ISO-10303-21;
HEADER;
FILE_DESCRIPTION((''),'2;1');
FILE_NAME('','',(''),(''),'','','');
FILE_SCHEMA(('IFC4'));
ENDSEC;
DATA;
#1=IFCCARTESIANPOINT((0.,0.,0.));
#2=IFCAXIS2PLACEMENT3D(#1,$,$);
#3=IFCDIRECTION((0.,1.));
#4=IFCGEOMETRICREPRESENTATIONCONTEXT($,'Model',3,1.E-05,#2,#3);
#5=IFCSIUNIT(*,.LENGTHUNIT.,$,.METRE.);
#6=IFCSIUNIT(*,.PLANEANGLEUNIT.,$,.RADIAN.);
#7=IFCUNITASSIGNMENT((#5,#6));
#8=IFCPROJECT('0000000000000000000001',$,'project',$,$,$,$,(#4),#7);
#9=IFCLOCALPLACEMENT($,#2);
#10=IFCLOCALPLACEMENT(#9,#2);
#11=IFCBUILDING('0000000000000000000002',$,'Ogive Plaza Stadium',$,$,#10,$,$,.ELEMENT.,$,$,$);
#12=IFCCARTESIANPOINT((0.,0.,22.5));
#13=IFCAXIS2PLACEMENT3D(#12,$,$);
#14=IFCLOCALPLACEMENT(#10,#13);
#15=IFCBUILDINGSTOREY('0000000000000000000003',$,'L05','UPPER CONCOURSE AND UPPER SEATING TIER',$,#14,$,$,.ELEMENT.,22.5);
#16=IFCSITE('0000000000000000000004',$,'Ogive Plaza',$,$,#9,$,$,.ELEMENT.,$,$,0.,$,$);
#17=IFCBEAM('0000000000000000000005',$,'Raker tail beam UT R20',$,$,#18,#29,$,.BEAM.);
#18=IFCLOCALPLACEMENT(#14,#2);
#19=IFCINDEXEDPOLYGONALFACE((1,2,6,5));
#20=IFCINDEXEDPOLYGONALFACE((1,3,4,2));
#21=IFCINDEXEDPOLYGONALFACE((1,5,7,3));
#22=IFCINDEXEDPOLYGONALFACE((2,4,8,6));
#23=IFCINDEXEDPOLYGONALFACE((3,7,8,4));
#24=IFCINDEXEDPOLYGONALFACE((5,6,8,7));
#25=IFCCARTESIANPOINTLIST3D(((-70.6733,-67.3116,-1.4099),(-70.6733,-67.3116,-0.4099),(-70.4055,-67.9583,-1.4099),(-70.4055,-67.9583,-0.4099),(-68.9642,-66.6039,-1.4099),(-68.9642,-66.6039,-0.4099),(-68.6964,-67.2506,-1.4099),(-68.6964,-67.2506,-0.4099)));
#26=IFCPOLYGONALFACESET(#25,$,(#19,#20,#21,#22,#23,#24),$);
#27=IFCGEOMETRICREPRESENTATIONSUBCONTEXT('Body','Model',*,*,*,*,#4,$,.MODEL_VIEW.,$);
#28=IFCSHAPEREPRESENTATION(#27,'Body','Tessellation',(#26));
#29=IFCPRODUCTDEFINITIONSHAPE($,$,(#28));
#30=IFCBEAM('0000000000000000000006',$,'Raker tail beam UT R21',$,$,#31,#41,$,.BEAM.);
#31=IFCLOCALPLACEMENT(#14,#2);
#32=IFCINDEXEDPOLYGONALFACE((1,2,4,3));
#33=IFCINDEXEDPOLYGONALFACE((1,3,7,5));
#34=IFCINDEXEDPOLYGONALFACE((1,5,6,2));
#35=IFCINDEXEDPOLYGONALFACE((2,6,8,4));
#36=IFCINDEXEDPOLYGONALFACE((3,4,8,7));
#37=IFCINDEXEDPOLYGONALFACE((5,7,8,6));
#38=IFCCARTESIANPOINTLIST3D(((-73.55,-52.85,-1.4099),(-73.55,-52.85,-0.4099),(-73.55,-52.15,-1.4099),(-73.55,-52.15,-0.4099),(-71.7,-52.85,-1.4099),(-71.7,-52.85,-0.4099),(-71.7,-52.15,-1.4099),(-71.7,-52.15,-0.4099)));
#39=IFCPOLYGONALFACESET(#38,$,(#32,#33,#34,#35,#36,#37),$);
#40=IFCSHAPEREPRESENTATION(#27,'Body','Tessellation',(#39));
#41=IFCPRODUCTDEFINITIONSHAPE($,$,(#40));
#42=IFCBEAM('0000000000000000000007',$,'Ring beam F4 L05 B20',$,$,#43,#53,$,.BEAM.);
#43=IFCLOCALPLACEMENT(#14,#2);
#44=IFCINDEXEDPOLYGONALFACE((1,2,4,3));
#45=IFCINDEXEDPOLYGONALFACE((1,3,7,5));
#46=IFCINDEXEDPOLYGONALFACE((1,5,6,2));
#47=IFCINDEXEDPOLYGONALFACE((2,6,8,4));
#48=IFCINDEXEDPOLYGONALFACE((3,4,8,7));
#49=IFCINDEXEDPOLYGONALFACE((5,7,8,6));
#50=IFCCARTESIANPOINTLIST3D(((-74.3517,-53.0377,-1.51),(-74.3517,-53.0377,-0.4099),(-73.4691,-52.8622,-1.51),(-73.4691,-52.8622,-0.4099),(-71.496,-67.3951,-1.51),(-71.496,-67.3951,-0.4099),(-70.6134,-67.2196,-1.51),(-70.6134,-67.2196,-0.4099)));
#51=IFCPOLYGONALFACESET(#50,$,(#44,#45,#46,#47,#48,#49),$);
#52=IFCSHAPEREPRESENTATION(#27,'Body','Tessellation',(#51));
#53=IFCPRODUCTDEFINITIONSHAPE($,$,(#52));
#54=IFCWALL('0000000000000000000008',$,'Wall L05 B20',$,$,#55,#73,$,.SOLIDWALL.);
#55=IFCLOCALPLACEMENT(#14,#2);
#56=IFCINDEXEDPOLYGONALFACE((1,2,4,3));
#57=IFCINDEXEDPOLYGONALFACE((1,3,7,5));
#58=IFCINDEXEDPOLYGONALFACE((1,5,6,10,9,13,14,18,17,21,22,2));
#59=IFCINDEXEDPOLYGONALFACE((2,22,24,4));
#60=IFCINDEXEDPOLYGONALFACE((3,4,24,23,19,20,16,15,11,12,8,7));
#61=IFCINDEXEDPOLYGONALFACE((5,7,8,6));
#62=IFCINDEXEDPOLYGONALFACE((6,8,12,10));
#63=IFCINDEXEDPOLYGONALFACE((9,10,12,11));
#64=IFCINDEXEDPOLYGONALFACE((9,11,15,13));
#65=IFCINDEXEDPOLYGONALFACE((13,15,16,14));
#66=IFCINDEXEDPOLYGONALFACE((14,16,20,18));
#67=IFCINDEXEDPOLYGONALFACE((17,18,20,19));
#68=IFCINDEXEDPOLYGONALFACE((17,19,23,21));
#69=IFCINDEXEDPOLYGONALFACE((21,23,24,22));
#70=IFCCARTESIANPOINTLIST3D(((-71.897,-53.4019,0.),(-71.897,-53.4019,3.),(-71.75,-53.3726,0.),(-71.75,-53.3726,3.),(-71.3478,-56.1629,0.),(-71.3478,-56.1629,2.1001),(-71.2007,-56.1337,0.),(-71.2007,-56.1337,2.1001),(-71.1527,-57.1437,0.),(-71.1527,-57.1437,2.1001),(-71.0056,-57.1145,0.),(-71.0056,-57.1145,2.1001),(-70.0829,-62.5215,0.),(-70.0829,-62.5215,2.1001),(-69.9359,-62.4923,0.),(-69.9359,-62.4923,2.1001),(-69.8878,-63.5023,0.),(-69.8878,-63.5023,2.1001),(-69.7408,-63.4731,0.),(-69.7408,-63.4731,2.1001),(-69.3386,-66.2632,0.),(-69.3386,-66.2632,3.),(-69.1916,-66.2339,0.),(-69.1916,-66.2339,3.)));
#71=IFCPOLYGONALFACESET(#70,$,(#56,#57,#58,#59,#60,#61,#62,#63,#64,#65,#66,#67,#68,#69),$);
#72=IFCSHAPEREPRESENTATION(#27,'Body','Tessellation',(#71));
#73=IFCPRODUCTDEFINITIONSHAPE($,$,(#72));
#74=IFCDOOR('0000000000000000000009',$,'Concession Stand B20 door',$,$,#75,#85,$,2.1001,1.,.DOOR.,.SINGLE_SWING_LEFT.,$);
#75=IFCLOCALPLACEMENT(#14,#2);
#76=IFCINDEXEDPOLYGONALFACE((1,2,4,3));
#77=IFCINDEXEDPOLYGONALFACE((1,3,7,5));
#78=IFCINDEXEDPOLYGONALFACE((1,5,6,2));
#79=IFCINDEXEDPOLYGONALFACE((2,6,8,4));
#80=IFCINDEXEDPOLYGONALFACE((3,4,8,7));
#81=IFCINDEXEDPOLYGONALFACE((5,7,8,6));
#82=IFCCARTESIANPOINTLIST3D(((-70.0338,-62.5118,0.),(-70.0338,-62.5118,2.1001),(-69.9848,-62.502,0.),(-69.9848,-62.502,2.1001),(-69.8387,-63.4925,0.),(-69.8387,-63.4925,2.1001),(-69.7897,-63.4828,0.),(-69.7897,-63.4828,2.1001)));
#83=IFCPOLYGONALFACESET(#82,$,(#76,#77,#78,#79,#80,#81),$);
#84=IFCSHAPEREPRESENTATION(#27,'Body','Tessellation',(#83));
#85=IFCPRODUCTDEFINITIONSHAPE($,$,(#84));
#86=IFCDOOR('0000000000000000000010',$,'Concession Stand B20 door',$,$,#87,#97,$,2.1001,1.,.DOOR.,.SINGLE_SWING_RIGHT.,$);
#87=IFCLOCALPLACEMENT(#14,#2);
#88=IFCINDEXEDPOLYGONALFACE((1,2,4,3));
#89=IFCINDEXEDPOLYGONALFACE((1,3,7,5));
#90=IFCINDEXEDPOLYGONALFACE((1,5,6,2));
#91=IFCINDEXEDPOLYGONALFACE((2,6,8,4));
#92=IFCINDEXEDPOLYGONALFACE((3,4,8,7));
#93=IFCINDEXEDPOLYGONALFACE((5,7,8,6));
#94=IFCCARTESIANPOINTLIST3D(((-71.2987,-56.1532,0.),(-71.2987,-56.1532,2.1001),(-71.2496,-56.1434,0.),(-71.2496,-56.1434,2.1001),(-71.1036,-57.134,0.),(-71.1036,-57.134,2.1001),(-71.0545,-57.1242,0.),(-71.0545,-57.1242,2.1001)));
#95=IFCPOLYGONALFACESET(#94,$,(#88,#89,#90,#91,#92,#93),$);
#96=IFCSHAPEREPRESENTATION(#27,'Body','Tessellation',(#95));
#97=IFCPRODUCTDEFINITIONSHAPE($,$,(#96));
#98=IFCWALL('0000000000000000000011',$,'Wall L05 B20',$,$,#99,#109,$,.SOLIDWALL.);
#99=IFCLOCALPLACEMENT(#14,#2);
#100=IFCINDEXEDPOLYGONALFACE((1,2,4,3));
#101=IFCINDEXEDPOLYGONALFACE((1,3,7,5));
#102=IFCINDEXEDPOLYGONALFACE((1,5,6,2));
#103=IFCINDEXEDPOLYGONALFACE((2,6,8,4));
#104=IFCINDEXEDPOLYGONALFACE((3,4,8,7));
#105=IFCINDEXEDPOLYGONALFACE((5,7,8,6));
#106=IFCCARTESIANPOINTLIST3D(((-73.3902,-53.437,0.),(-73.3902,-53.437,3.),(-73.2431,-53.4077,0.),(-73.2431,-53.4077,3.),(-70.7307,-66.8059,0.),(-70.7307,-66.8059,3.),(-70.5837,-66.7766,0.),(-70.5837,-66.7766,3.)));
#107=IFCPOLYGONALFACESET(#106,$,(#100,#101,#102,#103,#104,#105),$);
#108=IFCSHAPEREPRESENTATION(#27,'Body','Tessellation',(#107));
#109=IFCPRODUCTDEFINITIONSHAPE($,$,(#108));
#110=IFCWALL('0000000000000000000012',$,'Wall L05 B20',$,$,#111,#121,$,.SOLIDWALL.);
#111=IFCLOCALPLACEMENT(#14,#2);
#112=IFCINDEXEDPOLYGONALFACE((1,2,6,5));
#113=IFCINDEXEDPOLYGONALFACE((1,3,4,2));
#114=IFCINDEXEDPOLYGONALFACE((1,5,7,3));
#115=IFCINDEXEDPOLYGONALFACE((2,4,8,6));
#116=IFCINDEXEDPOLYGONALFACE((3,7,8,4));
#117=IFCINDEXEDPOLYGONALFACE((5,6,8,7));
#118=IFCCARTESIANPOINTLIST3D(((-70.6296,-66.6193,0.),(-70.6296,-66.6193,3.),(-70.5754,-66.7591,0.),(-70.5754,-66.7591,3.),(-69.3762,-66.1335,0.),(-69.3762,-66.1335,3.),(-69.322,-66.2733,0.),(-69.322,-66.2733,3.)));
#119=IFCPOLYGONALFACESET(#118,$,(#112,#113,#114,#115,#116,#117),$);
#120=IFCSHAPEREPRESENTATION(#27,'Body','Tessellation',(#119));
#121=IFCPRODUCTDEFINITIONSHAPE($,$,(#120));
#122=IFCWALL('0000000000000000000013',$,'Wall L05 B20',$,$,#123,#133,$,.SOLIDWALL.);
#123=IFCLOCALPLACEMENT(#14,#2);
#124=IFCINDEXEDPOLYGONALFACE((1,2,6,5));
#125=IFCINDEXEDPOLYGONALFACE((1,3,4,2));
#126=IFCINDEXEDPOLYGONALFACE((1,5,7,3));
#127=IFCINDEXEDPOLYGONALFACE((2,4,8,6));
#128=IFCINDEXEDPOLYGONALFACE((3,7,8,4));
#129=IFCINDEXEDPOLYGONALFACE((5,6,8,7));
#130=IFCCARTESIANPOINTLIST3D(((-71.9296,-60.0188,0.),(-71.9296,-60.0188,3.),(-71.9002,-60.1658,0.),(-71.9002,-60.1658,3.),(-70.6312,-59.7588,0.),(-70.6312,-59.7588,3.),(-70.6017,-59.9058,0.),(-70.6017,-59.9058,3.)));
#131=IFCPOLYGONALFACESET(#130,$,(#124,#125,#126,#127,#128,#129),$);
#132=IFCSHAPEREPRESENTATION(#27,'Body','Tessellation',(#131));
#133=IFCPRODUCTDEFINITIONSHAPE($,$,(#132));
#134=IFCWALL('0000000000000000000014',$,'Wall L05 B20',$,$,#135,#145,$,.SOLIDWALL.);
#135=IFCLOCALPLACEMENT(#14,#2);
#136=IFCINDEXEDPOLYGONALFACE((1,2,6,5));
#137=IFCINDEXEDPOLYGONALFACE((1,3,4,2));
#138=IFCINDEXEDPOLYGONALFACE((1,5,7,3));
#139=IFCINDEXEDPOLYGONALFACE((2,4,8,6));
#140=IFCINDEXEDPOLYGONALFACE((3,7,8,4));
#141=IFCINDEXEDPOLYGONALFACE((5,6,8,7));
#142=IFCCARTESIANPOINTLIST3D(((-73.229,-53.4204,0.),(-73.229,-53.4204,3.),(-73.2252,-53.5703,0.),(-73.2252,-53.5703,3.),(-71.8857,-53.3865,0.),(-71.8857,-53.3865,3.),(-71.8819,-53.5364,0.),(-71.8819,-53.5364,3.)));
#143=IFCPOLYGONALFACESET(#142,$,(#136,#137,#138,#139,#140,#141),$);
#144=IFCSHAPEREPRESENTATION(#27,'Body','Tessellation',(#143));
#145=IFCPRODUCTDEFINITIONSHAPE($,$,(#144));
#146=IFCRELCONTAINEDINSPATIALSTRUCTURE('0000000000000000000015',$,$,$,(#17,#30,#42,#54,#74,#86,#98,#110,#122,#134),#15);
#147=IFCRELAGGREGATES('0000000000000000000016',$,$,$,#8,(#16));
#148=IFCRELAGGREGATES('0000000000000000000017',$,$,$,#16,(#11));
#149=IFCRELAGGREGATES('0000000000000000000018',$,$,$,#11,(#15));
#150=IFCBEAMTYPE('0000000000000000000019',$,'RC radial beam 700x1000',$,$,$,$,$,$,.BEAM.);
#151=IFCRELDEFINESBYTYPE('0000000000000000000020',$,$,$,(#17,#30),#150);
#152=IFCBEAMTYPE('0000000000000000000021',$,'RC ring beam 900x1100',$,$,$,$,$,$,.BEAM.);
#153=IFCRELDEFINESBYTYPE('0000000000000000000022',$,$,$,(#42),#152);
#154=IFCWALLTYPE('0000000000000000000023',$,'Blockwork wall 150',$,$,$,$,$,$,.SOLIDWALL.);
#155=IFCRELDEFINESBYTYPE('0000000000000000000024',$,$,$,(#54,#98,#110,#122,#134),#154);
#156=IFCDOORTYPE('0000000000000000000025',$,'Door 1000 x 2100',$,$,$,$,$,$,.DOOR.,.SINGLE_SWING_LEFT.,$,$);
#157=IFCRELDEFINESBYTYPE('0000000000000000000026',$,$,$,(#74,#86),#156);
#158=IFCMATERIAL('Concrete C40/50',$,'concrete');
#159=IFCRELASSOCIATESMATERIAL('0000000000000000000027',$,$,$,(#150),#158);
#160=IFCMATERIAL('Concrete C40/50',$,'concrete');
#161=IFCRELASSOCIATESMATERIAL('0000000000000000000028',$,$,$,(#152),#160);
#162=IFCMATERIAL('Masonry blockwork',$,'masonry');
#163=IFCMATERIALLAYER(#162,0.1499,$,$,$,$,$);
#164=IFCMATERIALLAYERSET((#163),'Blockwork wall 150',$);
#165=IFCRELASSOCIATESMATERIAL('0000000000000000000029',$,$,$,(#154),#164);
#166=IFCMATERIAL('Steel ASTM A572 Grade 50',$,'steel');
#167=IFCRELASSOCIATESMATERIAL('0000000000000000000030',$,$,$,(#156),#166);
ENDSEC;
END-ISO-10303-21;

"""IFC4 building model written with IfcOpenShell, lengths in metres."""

from ifc_helpers import new_model, si_unit, direction, frame, frame_2d, origin, origin_2d, place, context, subcontext, project, spatial, rectangle, extrude, material, layer, layer_set, material_profile, profile_set, type_object, element, fill, save


model = new_model("IFC4")

# Units and contexts
model_context = context("Model", 3, precision=1e-05, world=origin(), true_north=direction((0.0, 1.0)))
body_context = subcontext(model_context, "Body", "Model", "MODEL_VIEW")
ifc_project = project(units=[si_unit("LENGTHUNIT", "METRE"), si_unit("PLANEANGLEUNIT", "RADIAN")], contexts=[model_context])

# Site, building, storey
site_placement = place(None, origin())
site = spatial("IfcSite", under=ifc_project, at=site_placement, Name="Ogive Plaza", CompositionType="ELEMENT", RefElevation=0.0)
building_placement = place(site_placement, origin())
building = spatial("IfcBuilding", under=site, at=building_placement, Name="Ogive Plaza Stadium", CompositionType="ELEMENT")
storey_placement = place(building_placement, frame((0.0, 0.0, 22.5)))
storey = spatial("IfcBuildingStorey", under=building, at=storey_placement, Name="L05", Description="UPPER CONCOURSE AND UPPER SEATING TIER", CompositionType="ELEMENT", Elevation=22.5)

# Beams
ifc_material_1 = material(Name="Concrete C40/50", Category="concrete")
ifc_material_profile_1 = material_profile(ifc_material_1, rectangle(XDim=0.7, YDim=1.0, at=origin_2d()), Name="RC 700x1000")
ifc_profile_set_1 = profile_set([ifc_material_profile_1], Name="Concrete C40/50")
beam_type_1 = type_object("IfcBeamType", Name="RC radial beam 700x1000", PredefinedType="BEAM", material=ifc_profile_set_1)
beam_1_placement = place(storey_placement, frame((-68.8303, -66.9272, -0.9099), z_axis=(-0.923922, -0.382581, 0.0), x_axis=(0.382581, -0.923922, 0.0)))
element("IfcBeam", 1, at=beam_1_placement, inside=storey, type_object=beam_type_1, Name="Raker tail beam UT R20", PredefinedType="BEAM", context=body_context, shape_type="SweptSolid", body=[
    extrude(rectangle(XDim=0.7, YDim=1.0, at=origin_2d()), origin(), (0.0, 0.0, 1.0), 1.8499),
])
beam_2_placement = place(storey_placement, frame((-71.7, -52.5, -0.9099), z_axis=(-1.0, 0.0, 0.0), x_axis=(0.0, -1.0, 0.0)))
element("IfcBeam", 2, at=beam_2_placement, inside=storey, type_object=beam_type_1, Name="Raker tail beam UT R21", PredefinedType="BEAM", context=body_context, shape_type="SweptSolid", body=[
    extrude(rectangle(XDim=0.7, YDim=1.0, at=origin_2d()), origin(), (0.0, 0.0, 1.0), 1.8501),
])
ifc_material_2 = material(Name="Concrete C40/50", Category="concrete")
ifc_material_profile_2 = material_profile(ifc_material_2, rectangle(XDim=0.8999, YDim=1.1001, at=origin_2d()), Name="RC 900x1100")
ifc_profile_set_2 = profile_set([ifc_material_profile_2], Name="Concrete C40/50")
beam_type_2 = type_object("IfcBeamType", Name="RC ring beam 900x1100", PredefinedType="BEAM", material=ifc_profile_set_2)
beam_3_placement = place(storey_placement, frame((-71.0547, -67.3074, -0.96), z_axis=(-0.19508, 0.980787, 0.0), x_axis=(-0.980787, -0.19508, 0.0)))
element("IfcBeam", 3, at=beam_3_placement, inside=storey, type_object=beam_type_2, Name="Ring beam F4 L05 B20", PredefinedType="BEAM", context=body_context, shape_type="SweptSolid", body=[
    extrude(rectangle(XDim=0.8999, YDim=1.1001, at=origin_2d()), origin(), (0.0, 0.0, 1.0), 14.6387),
])

# Wall, openings, doors
ifc_material_3 = material(Name="Masonry blockwork", Category="masonry")
ifc_layer_1 = layer(ifc_material_3, 0.1499)
ifc_layer_set_1 = layer_set([ifc_layer_1], Name="Blockwork wall 150")
wall_type_1 = type_object("IfcWallType", Name="Blockwork wall 150", PredefinedType="SOLIDWALL", material=ifc_layer_set_1)
wall_1_placement = place(storey_placement, frame((-69.2651, -66.2485, 0.0), z_axis=(0.0, 0.0, 1.0), x_axis=(-0.195096, 0.980784, 0.0)))
wall_1 = element("IfcWall", 4, at=wall_1_placement, inside=storey, type_object=wall_type_1, Name="Wall L05 B20", PredefinedType="SOLIDWALL", context=body_context, shape_type="SweptSolid", body=[
    extrude(rectangle(XDim=13.1133, YDim=0.1499, at=frame_2d((6.5566, 0.0))), origin(), (0.0, 0.0, 1.0), 3.0),
])
opening_1_placement = place(wall_1_placement, frame((2.8149, 0.0, 0.0)))
opening_1 = element("IfcOpeningElement", 5, at=opening_1_placement, cuts=wall_1, PredefinedType="OPENING", context=body_context, shape_type="SweptSolid", body=[
    extrude(rectangle(XDim=1.0, YDim=2.1001, at=frame_2d((0.5, 1.05))), frame((0.0, 0.075, 0.0), z_axis=(0.0, -1.0, 0.0), x_axis=(1.0, 0.0, 0.0)), (0.0, 0.0, 1.0), 0.1499),
])
opening_2_placement = place(wall_1_placement, frame((9.2981, 0.0, 0.0)))
opening_2 = element("IfcOpeningElement", 6, at=opening_2_placement, cuts=wall_1, PredefinedType="OPENING", context=body_context, shape_type="SweptSolid", body=[
    extrude(rectangle(XDim=1.0, YDim=2.1001, at=frame_2d((0.5, 1.05))), frame((0.0, 0.075, 0.0), z_axis=(0.0, -1.0, 0.0), x_axis=(1.0, 0.0, 0.0)), (0.0, 0.0, 1.0), 0.1499),
])
ifc_material_4 = material(Name="Steel ASTM A572 Grade 50", Category="steel")
door_type_1 = type_object("IfcDoorType", Name="Door 1000 x 2100", OperationType="SINGLE_SWING_LEFT", PredefinedType="DOOR", material=ifc_material_4)
door_1_placement = place(opening_1_placement, origin())
door_1 = element("IfcDoor", 7, at=door_1_placement, inside=storey, type_object=door_type_1, Name="Concession Stand B20 door", OperationType="SINGLE_SWING_LEFT", OverallHeight=2.1001, OverallWidth=1.0, PredefinedType="DOOR", context=body_context, shape_type="SweptSolid", body=[
    extrude(rectangle(XDim=1.0, YDim=2.1001, at=frame_2d((0.5, 1.05))), frame((0.0, 0.0249, 0.0), z_axis=(0.0, -1.0, 0.0), x_axis=(1.0, 0.0, 0.0)), (0.0, 0.0, 1.0), 0.05),
])
fill(opening_1, door_1)
door_2_placement = place(opening_2_placement, origin())
door_2 = element("IfcDoor", 8, at=door_2_placement, inside=storey, type_object=door_type_1, Name="Concession Stand B20 door", OperationType="SINGLE_SWING_RIGHT", OverallHeight=2.1001, OverallWidth=1.0, PredefinedType="DOOR", context=body_context, shape_type="SweptSolid", body=[
    extrude(rectangle(XDim=1.0, YDim=2.1001, at=frame_2d((0.5, 1.05))), frame((0.0, 0.0249, 0.0), z_axis=(0.0, -1.0, 0.0), x_axis=(1.0, 0.0, 0.0)), (0.0, 0.0, 1.0), 0.05),
])
fill(opening_2, door_2)

# Walls
wall_2_placement = place(storey_placement, frame((-70.6572, -66.7913, 0.0), z_axis=(0.0, 0.0, 1.0), x_axis=(-0.195103, 0.980783, 0.0)))
element("IfcWall", 9, at=wall_2_placement, inside=storey, type_object=wall_type_1, Name="Wall L05 B20", PredefinedType="SOLIDWALL", context=body_context, shape_type="SweptSolid", body=[
    extrude(rectangle(XDim=13.6309, YDim=0.1499, at=frame_2d((6.8154, 0.0))), origin(), (0.0, 0.0, 1.0), 3.0),
])
wall_3_placement = place(storey_placement, frame((-69.3491, -66.2034, 0.0), z_axis=(0.0, 0.0, 1.0), x_axis=(-0.932406, -0.361412, 0.0)))
element("IfcWall", 10, at=wall_3_placement, inside=storey, type_object=wall_type_1, Name="Wall L05 B20", PredefinedType="SOLIDWALL", context=body_context, shape_type="SweptSolid", body=[
    extrude(rectangle(XDim=1.3442, YDim=0.1499, at=frame_2d((0.6721, 0.0))), origin(), (0.0, 0.0, 1.0), 3.0),
])
wall_4_placement = place(storey_placement, frame((-70.6165, -59.8323, 0.0), z_axis=(0.0, 0.0, 1.0), x_axis=(-0.980531, -0.196364, 0.0)))
element("IfcWall", 11, at=wall_4_placement, inside=storey, type_object=wall_type_1, Name="Wall L05 B20", PredefinedType="SOLIDWALL", context=body_context, shape_type="SweptSolid", body=[
    extrude(rectangle(XDim=1.3242, YDim=0.1499, at=frame_2d((0.6621, 0.0))), origin(), (0.0, 0.0, 1.0), 3.0),
])
wall_5_placement = place(storey_placement, frame((-71.8838, -53.4614, 0.0), z_axis=(0.0, 0.0, 1.0), x_axis=(-0.999681, -0.025255, 0.0)))
element("IfcWall", 12, at=wall_5_placement, inside=storey, type_object=wall_type_1, Name="Wall L05 B20", PredefinedType="SOLIDWALL", context=body_context, shape_type="SweptSolid", body=[
    extrude(rectangle(XDim=1.3438, YDim=0.1499, at=frame_2d((0.6719, 0.0))), origin(), (0.0, 0.0, 1.0), 3.0),
])

save(model, "model.ifc")
